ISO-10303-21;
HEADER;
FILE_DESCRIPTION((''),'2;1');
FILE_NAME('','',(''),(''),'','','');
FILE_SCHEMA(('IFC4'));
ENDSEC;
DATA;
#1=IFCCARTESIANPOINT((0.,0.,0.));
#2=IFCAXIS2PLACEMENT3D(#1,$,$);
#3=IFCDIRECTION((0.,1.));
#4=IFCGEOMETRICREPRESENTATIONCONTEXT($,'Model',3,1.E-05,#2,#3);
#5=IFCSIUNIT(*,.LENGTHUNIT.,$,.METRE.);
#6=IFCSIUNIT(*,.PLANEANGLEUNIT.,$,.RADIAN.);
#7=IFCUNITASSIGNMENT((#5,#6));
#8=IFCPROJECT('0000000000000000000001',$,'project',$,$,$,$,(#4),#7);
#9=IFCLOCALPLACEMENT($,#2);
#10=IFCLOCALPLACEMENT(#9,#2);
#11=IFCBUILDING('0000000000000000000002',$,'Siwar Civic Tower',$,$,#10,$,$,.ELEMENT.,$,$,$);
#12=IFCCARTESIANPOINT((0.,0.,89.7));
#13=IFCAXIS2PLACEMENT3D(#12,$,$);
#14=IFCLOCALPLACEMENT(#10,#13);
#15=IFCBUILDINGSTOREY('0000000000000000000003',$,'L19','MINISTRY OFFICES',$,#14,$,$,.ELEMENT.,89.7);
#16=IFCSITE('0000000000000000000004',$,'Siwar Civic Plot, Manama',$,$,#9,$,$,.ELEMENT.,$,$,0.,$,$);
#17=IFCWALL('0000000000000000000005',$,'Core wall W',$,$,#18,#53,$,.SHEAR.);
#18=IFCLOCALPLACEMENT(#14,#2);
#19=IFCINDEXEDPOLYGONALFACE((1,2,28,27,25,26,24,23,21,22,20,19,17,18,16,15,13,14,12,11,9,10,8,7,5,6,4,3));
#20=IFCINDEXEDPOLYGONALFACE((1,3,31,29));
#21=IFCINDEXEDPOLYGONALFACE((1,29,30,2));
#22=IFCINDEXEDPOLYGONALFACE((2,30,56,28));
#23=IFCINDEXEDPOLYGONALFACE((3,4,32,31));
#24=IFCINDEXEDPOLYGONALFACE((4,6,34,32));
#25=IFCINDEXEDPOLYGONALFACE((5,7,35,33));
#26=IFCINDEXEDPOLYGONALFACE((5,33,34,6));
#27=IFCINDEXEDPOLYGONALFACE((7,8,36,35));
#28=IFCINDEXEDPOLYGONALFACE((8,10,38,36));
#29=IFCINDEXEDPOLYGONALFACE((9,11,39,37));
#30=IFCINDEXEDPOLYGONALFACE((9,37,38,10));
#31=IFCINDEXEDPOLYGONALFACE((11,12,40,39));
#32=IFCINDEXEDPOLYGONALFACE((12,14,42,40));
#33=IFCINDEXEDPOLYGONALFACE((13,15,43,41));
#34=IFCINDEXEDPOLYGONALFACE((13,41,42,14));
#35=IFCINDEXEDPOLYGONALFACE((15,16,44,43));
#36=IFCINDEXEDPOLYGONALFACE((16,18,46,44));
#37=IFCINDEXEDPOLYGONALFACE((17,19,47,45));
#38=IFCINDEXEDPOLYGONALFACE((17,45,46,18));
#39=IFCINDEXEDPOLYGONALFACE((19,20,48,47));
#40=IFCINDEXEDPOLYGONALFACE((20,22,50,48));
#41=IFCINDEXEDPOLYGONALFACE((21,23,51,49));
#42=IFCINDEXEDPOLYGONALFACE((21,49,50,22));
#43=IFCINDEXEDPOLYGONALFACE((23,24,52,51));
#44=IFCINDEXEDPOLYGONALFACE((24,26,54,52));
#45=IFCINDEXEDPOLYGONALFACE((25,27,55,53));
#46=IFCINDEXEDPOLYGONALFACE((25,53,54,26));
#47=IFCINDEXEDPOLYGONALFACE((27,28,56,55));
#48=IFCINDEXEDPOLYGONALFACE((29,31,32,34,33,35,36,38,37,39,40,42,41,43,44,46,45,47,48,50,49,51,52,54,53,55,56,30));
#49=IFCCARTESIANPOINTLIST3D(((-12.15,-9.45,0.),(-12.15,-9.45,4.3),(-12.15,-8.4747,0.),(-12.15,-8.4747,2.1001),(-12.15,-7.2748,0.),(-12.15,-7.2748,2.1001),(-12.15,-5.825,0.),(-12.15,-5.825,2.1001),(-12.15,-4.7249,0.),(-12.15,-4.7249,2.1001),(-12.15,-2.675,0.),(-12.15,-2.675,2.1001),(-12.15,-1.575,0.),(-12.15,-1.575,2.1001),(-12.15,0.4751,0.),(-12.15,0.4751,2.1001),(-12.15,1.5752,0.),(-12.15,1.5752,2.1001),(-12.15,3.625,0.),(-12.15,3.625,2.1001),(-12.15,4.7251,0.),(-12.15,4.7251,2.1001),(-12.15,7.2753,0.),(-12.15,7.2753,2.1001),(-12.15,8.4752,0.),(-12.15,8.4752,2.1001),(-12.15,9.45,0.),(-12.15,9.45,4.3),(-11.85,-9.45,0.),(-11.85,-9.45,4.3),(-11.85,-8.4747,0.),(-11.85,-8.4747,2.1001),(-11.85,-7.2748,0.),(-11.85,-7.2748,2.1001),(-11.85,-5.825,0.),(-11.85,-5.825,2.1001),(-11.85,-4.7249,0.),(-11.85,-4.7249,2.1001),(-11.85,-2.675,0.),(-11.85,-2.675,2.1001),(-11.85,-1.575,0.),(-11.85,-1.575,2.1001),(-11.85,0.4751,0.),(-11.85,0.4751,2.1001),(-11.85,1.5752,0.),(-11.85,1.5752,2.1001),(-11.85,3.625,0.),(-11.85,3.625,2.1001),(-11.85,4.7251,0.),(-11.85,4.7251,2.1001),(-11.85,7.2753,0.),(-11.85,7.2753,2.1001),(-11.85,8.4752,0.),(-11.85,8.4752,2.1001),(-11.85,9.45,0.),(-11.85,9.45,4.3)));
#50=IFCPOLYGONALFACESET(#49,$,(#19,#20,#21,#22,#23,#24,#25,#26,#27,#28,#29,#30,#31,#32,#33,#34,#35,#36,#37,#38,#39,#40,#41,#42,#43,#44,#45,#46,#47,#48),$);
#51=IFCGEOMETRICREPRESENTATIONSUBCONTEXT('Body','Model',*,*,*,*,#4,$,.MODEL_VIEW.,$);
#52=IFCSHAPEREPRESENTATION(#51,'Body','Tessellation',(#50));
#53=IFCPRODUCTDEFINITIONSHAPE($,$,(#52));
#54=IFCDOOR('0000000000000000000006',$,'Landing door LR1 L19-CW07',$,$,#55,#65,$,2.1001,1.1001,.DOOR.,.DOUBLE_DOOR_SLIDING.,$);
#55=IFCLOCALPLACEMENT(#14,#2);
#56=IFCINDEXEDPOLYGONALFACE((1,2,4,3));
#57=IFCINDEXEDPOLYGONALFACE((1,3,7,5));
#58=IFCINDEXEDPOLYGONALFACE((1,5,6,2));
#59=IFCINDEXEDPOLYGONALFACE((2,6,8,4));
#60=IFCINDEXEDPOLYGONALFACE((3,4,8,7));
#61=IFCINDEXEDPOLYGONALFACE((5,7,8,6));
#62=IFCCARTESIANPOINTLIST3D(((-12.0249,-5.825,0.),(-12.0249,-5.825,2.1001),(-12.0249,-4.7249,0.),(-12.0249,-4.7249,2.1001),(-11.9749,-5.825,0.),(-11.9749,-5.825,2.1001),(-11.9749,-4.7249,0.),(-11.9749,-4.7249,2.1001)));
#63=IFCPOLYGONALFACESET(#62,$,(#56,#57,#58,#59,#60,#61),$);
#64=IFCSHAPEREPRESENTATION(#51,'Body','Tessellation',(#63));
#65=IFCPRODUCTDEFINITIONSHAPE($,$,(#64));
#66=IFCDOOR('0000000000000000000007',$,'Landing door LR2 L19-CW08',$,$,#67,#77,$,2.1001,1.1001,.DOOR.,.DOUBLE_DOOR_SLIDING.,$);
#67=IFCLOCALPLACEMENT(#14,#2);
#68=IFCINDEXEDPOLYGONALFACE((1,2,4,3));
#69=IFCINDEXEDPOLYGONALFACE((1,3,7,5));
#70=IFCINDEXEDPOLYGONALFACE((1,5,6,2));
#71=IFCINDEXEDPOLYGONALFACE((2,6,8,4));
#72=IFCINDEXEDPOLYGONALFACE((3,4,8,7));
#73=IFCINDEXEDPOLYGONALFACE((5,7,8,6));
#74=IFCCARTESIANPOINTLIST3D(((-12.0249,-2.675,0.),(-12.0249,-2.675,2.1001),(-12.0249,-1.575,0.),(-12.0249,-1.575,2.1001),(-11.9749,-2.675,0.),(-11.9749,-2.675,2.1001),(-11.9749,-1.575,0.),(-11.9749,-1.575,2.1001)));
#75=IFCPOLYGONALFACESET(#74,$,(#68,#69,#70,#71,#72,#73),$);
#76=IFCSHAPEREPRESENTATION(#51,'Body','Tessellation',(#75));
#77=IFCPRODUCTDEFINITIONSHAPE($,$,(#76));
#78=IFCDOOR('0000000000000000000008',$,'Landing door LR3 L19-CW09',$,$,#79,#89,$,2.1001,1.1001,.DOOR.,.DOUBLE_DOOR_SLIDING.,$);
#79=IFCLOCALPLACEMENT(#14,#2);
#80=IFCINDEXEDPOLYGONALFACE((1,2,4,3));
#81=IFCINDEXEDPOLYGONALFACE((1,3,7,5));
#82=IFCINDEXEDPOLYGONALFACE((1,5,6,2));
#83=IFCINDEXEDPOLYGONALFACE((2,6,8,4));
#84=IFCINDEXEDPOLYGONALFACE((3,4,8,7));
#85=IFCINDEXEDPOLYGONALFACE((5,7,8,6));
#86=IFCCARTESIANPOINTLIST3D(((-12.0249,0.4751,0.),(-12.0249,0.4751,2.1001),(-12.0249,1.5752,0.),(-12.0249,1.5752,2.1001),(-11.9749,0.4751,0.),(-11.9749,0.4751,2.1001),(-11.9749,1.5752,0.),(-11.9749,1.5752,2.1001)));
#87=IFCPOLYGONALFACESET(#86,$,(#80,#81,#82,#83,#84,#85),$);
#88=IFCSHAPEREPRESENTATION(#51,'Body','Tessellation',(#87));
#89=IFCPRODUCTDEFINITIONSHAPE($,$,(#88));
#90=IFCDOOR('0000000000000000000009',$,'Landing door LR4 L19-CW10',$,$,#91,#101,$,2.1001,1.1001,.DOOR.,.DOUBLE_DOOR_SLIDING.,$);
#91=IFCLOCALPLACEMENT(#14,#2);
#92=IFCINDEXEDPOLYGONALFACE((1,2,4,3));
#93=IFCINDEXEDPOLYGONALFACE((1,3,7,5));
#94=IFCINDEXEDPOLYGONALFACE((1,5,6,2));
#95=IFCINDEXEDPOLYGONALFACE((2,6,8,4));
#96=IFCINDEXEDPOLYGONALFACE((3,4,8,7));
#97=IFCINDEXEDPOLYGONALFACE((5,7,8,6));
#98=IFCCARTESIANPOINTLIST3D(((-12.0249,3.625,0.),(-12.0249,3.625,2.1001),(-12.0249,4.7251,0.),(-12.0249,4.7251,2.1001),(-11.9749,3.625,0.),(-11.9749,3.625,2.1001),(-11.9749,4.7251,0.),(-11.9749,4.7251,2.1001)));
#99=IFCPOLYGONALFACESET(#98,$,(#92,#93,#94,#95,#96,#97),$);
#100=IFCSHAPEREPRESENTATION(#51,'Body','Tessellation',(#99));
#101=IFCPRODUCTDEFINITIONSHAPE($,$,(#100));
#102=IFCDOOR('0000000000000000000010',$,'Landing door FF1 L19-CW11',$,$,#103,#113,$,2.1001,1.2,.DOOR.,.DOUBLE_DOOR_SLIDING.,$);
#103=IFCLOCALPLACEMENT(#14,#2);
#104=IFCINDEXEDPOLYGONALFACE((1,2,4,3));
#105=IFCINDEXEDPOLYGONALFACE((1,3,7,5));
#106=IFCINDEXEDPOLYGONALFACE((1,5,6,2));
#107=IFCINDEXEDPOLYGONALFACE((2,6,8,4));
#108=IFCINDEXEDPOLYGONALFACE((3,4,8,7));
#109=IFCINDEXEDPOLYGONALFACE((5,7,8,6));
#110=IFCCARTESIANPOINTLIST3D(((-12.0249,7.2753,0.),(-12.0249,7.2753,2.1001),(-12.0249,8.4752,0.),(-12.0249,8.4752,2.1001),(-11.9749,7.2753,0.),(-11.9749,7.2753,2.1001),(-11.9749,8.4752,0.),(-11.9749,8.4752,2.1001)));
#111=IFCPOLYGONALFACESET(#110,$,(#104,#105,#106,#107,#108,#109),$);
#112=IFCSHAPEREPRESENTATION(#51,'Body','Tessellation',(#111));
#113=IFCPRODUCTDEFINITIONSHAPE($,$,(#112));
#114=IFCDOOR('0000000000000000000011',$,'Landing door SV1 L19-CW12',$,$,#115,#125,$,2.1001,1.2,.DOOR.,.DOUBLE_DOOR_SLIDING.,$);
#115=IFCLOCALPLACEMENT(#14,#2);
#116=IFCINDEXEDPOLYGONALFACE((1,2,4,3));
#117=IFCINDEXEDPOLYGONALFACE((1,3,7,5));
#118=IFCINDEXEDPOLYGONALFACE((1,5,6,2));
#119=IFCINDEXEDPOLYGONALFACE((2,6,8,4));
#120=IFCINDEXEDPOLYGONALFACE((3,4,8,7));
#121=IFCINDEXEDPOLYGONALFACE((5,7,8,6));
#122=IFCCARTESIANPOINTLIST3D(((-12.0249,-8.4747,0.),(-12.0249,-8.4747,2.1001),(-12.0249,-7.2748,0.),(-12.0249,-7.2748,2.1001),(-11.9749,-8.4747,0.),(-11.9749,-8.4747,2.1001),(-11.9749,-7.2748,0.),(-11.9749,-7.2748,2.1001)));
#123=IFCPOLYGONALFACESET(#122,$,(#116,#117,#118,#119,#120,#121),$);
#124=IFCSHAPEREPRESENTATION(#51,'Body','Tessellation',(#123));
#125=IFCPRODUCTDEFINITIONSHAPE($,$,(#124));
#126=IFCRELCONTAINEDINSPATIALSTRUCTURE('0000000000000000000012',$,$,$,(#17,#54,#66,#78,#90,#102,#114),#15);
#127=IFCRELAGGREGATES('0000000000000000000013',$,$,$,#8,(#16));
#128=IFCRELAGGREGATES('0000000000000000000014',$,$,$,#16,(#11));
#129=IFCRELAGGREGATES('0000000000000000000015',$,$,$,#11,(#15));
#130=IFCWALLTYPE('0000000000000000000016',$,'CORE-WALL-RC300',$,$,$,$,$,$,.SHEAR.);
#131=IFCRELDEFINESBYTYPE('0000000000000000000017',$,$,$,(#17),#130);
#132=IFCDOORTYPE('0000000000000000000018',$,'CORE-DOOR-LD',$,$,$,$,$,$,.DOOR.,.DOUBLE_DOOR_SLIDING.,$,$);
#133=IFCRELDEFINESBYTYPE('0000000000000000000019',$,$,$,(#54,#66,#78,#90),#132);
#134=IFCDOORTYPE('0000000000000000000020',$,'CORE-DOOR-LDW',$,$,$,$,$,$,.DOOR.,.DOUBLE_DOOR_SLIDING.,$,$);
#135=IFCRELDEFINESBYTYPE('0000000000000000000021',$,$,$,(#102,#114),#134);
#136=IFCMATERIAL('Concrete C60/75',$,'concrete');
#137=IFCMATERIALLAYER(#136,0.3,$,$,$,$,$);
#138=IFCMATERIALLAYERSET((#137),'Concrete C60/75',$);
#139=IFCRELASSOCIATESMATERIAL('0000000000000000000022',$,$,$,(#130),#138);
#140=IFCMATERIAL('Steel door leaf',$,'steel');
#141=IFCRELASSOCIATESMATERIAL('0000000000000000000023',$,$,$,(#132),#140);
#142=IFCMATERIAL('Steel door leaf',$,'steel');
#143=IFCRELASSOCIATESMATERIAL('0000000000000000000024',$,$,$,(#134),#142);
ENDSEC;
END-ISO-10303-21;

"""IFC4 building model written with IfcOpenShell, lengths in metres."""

from ifc_helpers import new_model, si_unit, direction, frame, frame_2d, origin, place, context, subcontext, project, spatial, rectangle, extrude, material, layer, layer_set, type_object, element, fill, save


model = new_model("IFC4")

# Units and contexts
model_context = context("Model", 3, precision=1e-05, world=origin(), true_north=direction((0.0, 1.0)))
body_context = subcontext(model_context, "Body", "Model", "MODEL_VIEW")
ifc_project = project(units=[si_unit("LENGTHUNIT", "METRE"), si_unit("PLANEANGLEUNIT", "RADIAN")], contexts=[model_context])

# Site, building, storey
site_placement = place(None, origin())
site = spatial("IfcSite", under=ifc_project, at=site_placement, Name="Siwar Civic Plot, Manama", CompositionType="ELEMENT", RefElevation=0.0)
building_placement = place(site_placement, origin())
building = spatial("IfcBuilding", under=site, at=building_placement, Name="Siwar Civic Tower", CompositionType="ELEMENT")
storey_placement = place(building_placement, frame((0.0, 0.0, 89.7)))
storey = spatial("IfcBuildingStorey", under=building, at=storey_placement, Name="L19", Description="MINISTRY OFFICES", CompositionType="ELEMENT", Elevation=89.7)

# Wall, openings, doors
ifc_material_1 = material(Name="Concrete C60/75", Category="concrete")
ifc_layer_1 = layer(ifc_material_1, 0.3)
ifc_layer_set_1 = layer_set([ifc_layer_1], Name="Concrete C60/75")
wall_type_1 = type_object("IfcWallType", Name="CORE-WALL-RC300", PredefinedType="SHEAR", material=ifc_layer_set_1)
wall_1_placement = place(storey_placement, frame((-12.0, -9.45, 0.0), z_axis=(0.0, 0.0, 1.0), x_axis=(0.0, 1.0, 0.0)))
wall_1 = element("IfcWall", 1, at=wall_1_placement, inside=storey, type_object=wall_type_1, Name="Core wall W", PredefinedType="SHEAR", context=body_context, shape_type="SweptSolid", body=[
    extrude(rectangle(XDim=18.8999, YDim=0.3, at=frame_2d((9.45, 0.0))), origin(), (0.0, 0.0, 1.0), 4.3),
])
opening_1_placement = place(wall_1_placement, frame((3.625, 0.0, 0.0)))
opening_1 = element("IfcOpeningElement", 2, at=opening_1_placement, cuts=wall_1, PredefinedType="OPENING", context=body_context, shape_type="SweptSolid", body=[
    extrude(rectangle(XDim=1.1001, YDim=2.1001, at=frame_2d((0.55, 1.05))), frame((0.0, 0.1602, 0.0), z_axis=(0.0, -1.0, 0.0), x_axis=(1.0, 0.0, 0.0)), (0.0, 0.0, 1.0), 0.3201),
])
opening_2_placement = place(wall_1_placement, frame((6.7749, 0.0, 0.0)))
opening_2 = element("IfcOpeningElement", 3, at=opening_2_placement, cuts=wall_1, PredefinedType="OPENING", context=body_context, shape_type="SweptSolid", body=[
    extrude(rectangle(XDim=1.1001, YDim=2.1001, at=frame_2d((0.55, 1.05))), frame((0.0, 0.1602, 0.0), z_axis=(0.0, -1.0, 0.0), x_axis=(1.0, 0.0, 0.0)), (0.0, 0.0, 1.0), 0.3201),
])
opening_3_placement = place(wall_1_placement, frame((9.925, 0.0, 0.0)))
opening_3 = element("IfcOpeningElement", 4, at=opening_3_placement, cuts=wall_1, PredefinedType="OPENING", context=body_context, shape_type="SweptSolid", body=[
    extrude(rectangle(XDim=1.1001, YDim=2.1001, at=frame_2d((0.55, 1.05))), frame((0.0, 0.1602, 0.0), z_axis=(0.0, -1.0, 0.0), x_axis=(1.0, 0.0, 0.0)), (0.0, 0.0, 1.0), 0.3201),
])
opening_4_placement = place(wall_1_placement, frame((13.075, 0.0, 0.0)))
opening_4 = element("IfcOpeningElement", 5, at=opening_4_placement, cuts=wall_1, PredefinedType="OPENING", context=body_context, shape_type="SweptSolid", body=[
    extrude(rectangle(XDim=1.1001, YDim=2.1001, at=frame_2d((0.55, 1.05))), frame((0.0, 0.1602, 0.0), z_axis=(0.0, -1.0, 0.0), x_axis=(1.0, 0.0, 0.0)), (0.0, 0.0, 1.0), 0.3201),
])
opening_5_placement = place(wall_1_placement, frame((16.7251, 0.0, 0.0)))
opening_5 = element("IfcOpeningElement", 6, at=opening_5_placement, cuts=wall_1, PredefinedType="OPENING", context=body_context, shape_type="SweptSolid", body=[
    extrude(rectangle(XDim=1.2, YDim=2.1001, at=frame_2d((0.6001, 1.05))), frame((0.0, 0.1602, 0.0), z_axis=(0.0, -1.0, 0.0), x_axis=(1.0, 0.0, 0.0)), (0.0, 0.0, 1.0), 0.3201),
])
opening_6_placement = place(wall_1_placement, frame((0.9751, 0.0, 0.0)))
opening_6 = element("IfcOpeningElement", 7, at=opening_6_placement, cuts=wall_1, PredefinedType="OPENING", context=body_context, shape_type="SweptSolid", body=[
    extrude(rectangle(XDim=1.2, YDim=2.1001, at=frame_2d((0.6001, 1.05))), frame((0.0, 0.1602, 0.0), z_axis=(0.0, -1.0, 0.0), x_axis=(1.0, 0.0, 0.0)), (0.0, 0.0, 1.0), 0.3201),
])
ifc_material_2 = material(Name="Steel door leaf", Category="steel")
door_type_1 = type_object("IfcDoorType", Name="CORE-DOOR-LD", OperationType="DOUBLE_DOOR_SLIDING", PredefinedType="DOOR", material=ifc_material_2)
door_1_placement = place(opening_1_placement, origin())
door_1 = element("IfcDoor", 8, at=door_1_placement, inside=storey, type_object=door_type_1, Name="Landing door LR1 L19-CW07", OperationType="DOUBLE_DOOR_SLIDING", OverallHeight=2.1001, OverallWidth=1.1001, PredefinedType="DOOR", context=body_context, shape_type="SweptSolid", body=[
    extrude(rectangle(XDim=1.1001, YDim=2.1001, at=frame_2d((0.55, 1.05))), frame((0.0, 0.0249, 0.0), z_axis=(0.0, -1.0, 0.0), x_axis=(1.0, 0.0, 0.0)), (0.0, 0.0, 1.0), 0.05),
])
fill(opening_1, door_1)
door_2_placement = place(opening_2_placement, origin())
door_2 = element("IfcDoor", 9, at=door_2_placement, inside=storey, type_object=door_type_1, Name="Landing door LR2 L19-CW08", OperationType="DOUBLE_DOOR_SLIDING", OverallHeight=2.1001, OverallWidth=1.1001, PredefinedType="DOOR", context=body_context, shape_type="SweptSolid", body=[
    extrude(rectangle(XDim=1.1001, YDim=2.1001, at=frame_2d((0.55, 1.05))), frame((0.0, 0.0249, 0.0), z_axis=(0.0, -1.0, 0.0), x_axis=(1.0, 0.0, 0.0)), (0.0, 0.0, 1.0), 0.05),
])
fill(opening_2, door_2)
door_3_placement = place(opening_3_placement, origin())
door_3 = element("IfcDoor", 10, at=door_3_placement, inside=storey, type_object=door_type_1, Name="Landing door LR3 L19-CW09", OperationType="DOUBLE_DOOR_SLIDING", OverallHeight=2.1001, OverallWidth=1.1001, PredefinedType="DOOR", context=body_context, shape_type="SweptSolid", body=[
    extrude(rectangle(XDim=1.1001, YDim=2.1001, at=frame_2d((0.55, 1.05))), frame((0.0, 0.0249, 0.0), z_axis=(0.0, -1.0, 0.0), x_axis=(1.0, 0.0, 0.0)), (0.0, 0.0, 1.0), 0.05),
])
fill(opening_3, door_3)
door_4_placement = place(opening_4_placement, origin())
door_4 = element("IfcDoor", 11, at=door_4_placement, inside=storey, type_object=door_type_1, Name="Landing door LR4 L19-CW10", OperationType="DOUBLE_DOOR_SLIDING", OverallHeight=2.1001, OverallWidth=1.1001, PredefinedType="DOOR", context=body_context, shape_type="SweptSolid", body=[
    extrude(rectangle(XDim=1.1001, YDim=2.1001, at=frame_2d((0.55, 1.05))), frame((0.0, 0.0249, 0.0), z_axis=(0.0, -1.0, 0.0), x_axis=(1.0, 0.0, 0.0)), (0.0, 0.0, 1.0), 0.05),
])
fill(opening_4, door_4)
ifc_material_3 = material(Name="Steel door leaf", Category="steel")
door_type_2 = type_object("IfcDoorType", Name="CORE-DOOR-LDW", OperationType="DOUBLE_DOOR_SLIDING", PredefinedType="DOOR", material=ifc_material_3)
door_5_placement = place(opening_5_placement, origin())
door_5 = element("IfcDoor", 12, at=door_5_placement, inside=storey, type_object=door_type_2, Name="Landing door FF1 L19-CW11", OperationType="DOUBLE_DOOR_SLIDING", OverallHeight=2.1001, OverallWidth=1.2, PredefinedType="DOOR", context=body_context, shape_type="SweptSolid", body=[
    extrude(rectangle(XDim=1.2, YDim=2.1001, at=frame_2d((0.6001, 1.05))), frame((0.0, 0.0249, 0.0), z_axis=(0.0, -1.0, 0.0), x_axis=(1.0, 0.0, 0.0)), (0.0, 0.0, 1.0), 0.05),
])
fill(opening_5, door_5)
door_6_placement = place(opening_6_placement, origin())
door_6 = element("IfcDoor", 13, at=door_6_placement, inside=storey, type_object=door_type_2, Name="Landing door SV1 L19-CW12", OperationType="DOUBLE_DOOR_SLIDING", OverallHeight=2.1001, OverallWidth=1.2, PredefinedType="DOOR", context=body_context, shape_type="SweptSolid", body=[
    extrude(rectangle(XDim=1.2, YDim=2.1001, at=frame_2d((0.6001, 1.05))), frame((0.0, 0.0249, 0.0), z_axis=(0.0, -1.0, 0.0), x_axis=(1.0, 0.0, 0.0)), (0.0, 0.0, 1.0), 0.05),
])
fill(opening_6, door_6)

save(model, "model.ifc")
